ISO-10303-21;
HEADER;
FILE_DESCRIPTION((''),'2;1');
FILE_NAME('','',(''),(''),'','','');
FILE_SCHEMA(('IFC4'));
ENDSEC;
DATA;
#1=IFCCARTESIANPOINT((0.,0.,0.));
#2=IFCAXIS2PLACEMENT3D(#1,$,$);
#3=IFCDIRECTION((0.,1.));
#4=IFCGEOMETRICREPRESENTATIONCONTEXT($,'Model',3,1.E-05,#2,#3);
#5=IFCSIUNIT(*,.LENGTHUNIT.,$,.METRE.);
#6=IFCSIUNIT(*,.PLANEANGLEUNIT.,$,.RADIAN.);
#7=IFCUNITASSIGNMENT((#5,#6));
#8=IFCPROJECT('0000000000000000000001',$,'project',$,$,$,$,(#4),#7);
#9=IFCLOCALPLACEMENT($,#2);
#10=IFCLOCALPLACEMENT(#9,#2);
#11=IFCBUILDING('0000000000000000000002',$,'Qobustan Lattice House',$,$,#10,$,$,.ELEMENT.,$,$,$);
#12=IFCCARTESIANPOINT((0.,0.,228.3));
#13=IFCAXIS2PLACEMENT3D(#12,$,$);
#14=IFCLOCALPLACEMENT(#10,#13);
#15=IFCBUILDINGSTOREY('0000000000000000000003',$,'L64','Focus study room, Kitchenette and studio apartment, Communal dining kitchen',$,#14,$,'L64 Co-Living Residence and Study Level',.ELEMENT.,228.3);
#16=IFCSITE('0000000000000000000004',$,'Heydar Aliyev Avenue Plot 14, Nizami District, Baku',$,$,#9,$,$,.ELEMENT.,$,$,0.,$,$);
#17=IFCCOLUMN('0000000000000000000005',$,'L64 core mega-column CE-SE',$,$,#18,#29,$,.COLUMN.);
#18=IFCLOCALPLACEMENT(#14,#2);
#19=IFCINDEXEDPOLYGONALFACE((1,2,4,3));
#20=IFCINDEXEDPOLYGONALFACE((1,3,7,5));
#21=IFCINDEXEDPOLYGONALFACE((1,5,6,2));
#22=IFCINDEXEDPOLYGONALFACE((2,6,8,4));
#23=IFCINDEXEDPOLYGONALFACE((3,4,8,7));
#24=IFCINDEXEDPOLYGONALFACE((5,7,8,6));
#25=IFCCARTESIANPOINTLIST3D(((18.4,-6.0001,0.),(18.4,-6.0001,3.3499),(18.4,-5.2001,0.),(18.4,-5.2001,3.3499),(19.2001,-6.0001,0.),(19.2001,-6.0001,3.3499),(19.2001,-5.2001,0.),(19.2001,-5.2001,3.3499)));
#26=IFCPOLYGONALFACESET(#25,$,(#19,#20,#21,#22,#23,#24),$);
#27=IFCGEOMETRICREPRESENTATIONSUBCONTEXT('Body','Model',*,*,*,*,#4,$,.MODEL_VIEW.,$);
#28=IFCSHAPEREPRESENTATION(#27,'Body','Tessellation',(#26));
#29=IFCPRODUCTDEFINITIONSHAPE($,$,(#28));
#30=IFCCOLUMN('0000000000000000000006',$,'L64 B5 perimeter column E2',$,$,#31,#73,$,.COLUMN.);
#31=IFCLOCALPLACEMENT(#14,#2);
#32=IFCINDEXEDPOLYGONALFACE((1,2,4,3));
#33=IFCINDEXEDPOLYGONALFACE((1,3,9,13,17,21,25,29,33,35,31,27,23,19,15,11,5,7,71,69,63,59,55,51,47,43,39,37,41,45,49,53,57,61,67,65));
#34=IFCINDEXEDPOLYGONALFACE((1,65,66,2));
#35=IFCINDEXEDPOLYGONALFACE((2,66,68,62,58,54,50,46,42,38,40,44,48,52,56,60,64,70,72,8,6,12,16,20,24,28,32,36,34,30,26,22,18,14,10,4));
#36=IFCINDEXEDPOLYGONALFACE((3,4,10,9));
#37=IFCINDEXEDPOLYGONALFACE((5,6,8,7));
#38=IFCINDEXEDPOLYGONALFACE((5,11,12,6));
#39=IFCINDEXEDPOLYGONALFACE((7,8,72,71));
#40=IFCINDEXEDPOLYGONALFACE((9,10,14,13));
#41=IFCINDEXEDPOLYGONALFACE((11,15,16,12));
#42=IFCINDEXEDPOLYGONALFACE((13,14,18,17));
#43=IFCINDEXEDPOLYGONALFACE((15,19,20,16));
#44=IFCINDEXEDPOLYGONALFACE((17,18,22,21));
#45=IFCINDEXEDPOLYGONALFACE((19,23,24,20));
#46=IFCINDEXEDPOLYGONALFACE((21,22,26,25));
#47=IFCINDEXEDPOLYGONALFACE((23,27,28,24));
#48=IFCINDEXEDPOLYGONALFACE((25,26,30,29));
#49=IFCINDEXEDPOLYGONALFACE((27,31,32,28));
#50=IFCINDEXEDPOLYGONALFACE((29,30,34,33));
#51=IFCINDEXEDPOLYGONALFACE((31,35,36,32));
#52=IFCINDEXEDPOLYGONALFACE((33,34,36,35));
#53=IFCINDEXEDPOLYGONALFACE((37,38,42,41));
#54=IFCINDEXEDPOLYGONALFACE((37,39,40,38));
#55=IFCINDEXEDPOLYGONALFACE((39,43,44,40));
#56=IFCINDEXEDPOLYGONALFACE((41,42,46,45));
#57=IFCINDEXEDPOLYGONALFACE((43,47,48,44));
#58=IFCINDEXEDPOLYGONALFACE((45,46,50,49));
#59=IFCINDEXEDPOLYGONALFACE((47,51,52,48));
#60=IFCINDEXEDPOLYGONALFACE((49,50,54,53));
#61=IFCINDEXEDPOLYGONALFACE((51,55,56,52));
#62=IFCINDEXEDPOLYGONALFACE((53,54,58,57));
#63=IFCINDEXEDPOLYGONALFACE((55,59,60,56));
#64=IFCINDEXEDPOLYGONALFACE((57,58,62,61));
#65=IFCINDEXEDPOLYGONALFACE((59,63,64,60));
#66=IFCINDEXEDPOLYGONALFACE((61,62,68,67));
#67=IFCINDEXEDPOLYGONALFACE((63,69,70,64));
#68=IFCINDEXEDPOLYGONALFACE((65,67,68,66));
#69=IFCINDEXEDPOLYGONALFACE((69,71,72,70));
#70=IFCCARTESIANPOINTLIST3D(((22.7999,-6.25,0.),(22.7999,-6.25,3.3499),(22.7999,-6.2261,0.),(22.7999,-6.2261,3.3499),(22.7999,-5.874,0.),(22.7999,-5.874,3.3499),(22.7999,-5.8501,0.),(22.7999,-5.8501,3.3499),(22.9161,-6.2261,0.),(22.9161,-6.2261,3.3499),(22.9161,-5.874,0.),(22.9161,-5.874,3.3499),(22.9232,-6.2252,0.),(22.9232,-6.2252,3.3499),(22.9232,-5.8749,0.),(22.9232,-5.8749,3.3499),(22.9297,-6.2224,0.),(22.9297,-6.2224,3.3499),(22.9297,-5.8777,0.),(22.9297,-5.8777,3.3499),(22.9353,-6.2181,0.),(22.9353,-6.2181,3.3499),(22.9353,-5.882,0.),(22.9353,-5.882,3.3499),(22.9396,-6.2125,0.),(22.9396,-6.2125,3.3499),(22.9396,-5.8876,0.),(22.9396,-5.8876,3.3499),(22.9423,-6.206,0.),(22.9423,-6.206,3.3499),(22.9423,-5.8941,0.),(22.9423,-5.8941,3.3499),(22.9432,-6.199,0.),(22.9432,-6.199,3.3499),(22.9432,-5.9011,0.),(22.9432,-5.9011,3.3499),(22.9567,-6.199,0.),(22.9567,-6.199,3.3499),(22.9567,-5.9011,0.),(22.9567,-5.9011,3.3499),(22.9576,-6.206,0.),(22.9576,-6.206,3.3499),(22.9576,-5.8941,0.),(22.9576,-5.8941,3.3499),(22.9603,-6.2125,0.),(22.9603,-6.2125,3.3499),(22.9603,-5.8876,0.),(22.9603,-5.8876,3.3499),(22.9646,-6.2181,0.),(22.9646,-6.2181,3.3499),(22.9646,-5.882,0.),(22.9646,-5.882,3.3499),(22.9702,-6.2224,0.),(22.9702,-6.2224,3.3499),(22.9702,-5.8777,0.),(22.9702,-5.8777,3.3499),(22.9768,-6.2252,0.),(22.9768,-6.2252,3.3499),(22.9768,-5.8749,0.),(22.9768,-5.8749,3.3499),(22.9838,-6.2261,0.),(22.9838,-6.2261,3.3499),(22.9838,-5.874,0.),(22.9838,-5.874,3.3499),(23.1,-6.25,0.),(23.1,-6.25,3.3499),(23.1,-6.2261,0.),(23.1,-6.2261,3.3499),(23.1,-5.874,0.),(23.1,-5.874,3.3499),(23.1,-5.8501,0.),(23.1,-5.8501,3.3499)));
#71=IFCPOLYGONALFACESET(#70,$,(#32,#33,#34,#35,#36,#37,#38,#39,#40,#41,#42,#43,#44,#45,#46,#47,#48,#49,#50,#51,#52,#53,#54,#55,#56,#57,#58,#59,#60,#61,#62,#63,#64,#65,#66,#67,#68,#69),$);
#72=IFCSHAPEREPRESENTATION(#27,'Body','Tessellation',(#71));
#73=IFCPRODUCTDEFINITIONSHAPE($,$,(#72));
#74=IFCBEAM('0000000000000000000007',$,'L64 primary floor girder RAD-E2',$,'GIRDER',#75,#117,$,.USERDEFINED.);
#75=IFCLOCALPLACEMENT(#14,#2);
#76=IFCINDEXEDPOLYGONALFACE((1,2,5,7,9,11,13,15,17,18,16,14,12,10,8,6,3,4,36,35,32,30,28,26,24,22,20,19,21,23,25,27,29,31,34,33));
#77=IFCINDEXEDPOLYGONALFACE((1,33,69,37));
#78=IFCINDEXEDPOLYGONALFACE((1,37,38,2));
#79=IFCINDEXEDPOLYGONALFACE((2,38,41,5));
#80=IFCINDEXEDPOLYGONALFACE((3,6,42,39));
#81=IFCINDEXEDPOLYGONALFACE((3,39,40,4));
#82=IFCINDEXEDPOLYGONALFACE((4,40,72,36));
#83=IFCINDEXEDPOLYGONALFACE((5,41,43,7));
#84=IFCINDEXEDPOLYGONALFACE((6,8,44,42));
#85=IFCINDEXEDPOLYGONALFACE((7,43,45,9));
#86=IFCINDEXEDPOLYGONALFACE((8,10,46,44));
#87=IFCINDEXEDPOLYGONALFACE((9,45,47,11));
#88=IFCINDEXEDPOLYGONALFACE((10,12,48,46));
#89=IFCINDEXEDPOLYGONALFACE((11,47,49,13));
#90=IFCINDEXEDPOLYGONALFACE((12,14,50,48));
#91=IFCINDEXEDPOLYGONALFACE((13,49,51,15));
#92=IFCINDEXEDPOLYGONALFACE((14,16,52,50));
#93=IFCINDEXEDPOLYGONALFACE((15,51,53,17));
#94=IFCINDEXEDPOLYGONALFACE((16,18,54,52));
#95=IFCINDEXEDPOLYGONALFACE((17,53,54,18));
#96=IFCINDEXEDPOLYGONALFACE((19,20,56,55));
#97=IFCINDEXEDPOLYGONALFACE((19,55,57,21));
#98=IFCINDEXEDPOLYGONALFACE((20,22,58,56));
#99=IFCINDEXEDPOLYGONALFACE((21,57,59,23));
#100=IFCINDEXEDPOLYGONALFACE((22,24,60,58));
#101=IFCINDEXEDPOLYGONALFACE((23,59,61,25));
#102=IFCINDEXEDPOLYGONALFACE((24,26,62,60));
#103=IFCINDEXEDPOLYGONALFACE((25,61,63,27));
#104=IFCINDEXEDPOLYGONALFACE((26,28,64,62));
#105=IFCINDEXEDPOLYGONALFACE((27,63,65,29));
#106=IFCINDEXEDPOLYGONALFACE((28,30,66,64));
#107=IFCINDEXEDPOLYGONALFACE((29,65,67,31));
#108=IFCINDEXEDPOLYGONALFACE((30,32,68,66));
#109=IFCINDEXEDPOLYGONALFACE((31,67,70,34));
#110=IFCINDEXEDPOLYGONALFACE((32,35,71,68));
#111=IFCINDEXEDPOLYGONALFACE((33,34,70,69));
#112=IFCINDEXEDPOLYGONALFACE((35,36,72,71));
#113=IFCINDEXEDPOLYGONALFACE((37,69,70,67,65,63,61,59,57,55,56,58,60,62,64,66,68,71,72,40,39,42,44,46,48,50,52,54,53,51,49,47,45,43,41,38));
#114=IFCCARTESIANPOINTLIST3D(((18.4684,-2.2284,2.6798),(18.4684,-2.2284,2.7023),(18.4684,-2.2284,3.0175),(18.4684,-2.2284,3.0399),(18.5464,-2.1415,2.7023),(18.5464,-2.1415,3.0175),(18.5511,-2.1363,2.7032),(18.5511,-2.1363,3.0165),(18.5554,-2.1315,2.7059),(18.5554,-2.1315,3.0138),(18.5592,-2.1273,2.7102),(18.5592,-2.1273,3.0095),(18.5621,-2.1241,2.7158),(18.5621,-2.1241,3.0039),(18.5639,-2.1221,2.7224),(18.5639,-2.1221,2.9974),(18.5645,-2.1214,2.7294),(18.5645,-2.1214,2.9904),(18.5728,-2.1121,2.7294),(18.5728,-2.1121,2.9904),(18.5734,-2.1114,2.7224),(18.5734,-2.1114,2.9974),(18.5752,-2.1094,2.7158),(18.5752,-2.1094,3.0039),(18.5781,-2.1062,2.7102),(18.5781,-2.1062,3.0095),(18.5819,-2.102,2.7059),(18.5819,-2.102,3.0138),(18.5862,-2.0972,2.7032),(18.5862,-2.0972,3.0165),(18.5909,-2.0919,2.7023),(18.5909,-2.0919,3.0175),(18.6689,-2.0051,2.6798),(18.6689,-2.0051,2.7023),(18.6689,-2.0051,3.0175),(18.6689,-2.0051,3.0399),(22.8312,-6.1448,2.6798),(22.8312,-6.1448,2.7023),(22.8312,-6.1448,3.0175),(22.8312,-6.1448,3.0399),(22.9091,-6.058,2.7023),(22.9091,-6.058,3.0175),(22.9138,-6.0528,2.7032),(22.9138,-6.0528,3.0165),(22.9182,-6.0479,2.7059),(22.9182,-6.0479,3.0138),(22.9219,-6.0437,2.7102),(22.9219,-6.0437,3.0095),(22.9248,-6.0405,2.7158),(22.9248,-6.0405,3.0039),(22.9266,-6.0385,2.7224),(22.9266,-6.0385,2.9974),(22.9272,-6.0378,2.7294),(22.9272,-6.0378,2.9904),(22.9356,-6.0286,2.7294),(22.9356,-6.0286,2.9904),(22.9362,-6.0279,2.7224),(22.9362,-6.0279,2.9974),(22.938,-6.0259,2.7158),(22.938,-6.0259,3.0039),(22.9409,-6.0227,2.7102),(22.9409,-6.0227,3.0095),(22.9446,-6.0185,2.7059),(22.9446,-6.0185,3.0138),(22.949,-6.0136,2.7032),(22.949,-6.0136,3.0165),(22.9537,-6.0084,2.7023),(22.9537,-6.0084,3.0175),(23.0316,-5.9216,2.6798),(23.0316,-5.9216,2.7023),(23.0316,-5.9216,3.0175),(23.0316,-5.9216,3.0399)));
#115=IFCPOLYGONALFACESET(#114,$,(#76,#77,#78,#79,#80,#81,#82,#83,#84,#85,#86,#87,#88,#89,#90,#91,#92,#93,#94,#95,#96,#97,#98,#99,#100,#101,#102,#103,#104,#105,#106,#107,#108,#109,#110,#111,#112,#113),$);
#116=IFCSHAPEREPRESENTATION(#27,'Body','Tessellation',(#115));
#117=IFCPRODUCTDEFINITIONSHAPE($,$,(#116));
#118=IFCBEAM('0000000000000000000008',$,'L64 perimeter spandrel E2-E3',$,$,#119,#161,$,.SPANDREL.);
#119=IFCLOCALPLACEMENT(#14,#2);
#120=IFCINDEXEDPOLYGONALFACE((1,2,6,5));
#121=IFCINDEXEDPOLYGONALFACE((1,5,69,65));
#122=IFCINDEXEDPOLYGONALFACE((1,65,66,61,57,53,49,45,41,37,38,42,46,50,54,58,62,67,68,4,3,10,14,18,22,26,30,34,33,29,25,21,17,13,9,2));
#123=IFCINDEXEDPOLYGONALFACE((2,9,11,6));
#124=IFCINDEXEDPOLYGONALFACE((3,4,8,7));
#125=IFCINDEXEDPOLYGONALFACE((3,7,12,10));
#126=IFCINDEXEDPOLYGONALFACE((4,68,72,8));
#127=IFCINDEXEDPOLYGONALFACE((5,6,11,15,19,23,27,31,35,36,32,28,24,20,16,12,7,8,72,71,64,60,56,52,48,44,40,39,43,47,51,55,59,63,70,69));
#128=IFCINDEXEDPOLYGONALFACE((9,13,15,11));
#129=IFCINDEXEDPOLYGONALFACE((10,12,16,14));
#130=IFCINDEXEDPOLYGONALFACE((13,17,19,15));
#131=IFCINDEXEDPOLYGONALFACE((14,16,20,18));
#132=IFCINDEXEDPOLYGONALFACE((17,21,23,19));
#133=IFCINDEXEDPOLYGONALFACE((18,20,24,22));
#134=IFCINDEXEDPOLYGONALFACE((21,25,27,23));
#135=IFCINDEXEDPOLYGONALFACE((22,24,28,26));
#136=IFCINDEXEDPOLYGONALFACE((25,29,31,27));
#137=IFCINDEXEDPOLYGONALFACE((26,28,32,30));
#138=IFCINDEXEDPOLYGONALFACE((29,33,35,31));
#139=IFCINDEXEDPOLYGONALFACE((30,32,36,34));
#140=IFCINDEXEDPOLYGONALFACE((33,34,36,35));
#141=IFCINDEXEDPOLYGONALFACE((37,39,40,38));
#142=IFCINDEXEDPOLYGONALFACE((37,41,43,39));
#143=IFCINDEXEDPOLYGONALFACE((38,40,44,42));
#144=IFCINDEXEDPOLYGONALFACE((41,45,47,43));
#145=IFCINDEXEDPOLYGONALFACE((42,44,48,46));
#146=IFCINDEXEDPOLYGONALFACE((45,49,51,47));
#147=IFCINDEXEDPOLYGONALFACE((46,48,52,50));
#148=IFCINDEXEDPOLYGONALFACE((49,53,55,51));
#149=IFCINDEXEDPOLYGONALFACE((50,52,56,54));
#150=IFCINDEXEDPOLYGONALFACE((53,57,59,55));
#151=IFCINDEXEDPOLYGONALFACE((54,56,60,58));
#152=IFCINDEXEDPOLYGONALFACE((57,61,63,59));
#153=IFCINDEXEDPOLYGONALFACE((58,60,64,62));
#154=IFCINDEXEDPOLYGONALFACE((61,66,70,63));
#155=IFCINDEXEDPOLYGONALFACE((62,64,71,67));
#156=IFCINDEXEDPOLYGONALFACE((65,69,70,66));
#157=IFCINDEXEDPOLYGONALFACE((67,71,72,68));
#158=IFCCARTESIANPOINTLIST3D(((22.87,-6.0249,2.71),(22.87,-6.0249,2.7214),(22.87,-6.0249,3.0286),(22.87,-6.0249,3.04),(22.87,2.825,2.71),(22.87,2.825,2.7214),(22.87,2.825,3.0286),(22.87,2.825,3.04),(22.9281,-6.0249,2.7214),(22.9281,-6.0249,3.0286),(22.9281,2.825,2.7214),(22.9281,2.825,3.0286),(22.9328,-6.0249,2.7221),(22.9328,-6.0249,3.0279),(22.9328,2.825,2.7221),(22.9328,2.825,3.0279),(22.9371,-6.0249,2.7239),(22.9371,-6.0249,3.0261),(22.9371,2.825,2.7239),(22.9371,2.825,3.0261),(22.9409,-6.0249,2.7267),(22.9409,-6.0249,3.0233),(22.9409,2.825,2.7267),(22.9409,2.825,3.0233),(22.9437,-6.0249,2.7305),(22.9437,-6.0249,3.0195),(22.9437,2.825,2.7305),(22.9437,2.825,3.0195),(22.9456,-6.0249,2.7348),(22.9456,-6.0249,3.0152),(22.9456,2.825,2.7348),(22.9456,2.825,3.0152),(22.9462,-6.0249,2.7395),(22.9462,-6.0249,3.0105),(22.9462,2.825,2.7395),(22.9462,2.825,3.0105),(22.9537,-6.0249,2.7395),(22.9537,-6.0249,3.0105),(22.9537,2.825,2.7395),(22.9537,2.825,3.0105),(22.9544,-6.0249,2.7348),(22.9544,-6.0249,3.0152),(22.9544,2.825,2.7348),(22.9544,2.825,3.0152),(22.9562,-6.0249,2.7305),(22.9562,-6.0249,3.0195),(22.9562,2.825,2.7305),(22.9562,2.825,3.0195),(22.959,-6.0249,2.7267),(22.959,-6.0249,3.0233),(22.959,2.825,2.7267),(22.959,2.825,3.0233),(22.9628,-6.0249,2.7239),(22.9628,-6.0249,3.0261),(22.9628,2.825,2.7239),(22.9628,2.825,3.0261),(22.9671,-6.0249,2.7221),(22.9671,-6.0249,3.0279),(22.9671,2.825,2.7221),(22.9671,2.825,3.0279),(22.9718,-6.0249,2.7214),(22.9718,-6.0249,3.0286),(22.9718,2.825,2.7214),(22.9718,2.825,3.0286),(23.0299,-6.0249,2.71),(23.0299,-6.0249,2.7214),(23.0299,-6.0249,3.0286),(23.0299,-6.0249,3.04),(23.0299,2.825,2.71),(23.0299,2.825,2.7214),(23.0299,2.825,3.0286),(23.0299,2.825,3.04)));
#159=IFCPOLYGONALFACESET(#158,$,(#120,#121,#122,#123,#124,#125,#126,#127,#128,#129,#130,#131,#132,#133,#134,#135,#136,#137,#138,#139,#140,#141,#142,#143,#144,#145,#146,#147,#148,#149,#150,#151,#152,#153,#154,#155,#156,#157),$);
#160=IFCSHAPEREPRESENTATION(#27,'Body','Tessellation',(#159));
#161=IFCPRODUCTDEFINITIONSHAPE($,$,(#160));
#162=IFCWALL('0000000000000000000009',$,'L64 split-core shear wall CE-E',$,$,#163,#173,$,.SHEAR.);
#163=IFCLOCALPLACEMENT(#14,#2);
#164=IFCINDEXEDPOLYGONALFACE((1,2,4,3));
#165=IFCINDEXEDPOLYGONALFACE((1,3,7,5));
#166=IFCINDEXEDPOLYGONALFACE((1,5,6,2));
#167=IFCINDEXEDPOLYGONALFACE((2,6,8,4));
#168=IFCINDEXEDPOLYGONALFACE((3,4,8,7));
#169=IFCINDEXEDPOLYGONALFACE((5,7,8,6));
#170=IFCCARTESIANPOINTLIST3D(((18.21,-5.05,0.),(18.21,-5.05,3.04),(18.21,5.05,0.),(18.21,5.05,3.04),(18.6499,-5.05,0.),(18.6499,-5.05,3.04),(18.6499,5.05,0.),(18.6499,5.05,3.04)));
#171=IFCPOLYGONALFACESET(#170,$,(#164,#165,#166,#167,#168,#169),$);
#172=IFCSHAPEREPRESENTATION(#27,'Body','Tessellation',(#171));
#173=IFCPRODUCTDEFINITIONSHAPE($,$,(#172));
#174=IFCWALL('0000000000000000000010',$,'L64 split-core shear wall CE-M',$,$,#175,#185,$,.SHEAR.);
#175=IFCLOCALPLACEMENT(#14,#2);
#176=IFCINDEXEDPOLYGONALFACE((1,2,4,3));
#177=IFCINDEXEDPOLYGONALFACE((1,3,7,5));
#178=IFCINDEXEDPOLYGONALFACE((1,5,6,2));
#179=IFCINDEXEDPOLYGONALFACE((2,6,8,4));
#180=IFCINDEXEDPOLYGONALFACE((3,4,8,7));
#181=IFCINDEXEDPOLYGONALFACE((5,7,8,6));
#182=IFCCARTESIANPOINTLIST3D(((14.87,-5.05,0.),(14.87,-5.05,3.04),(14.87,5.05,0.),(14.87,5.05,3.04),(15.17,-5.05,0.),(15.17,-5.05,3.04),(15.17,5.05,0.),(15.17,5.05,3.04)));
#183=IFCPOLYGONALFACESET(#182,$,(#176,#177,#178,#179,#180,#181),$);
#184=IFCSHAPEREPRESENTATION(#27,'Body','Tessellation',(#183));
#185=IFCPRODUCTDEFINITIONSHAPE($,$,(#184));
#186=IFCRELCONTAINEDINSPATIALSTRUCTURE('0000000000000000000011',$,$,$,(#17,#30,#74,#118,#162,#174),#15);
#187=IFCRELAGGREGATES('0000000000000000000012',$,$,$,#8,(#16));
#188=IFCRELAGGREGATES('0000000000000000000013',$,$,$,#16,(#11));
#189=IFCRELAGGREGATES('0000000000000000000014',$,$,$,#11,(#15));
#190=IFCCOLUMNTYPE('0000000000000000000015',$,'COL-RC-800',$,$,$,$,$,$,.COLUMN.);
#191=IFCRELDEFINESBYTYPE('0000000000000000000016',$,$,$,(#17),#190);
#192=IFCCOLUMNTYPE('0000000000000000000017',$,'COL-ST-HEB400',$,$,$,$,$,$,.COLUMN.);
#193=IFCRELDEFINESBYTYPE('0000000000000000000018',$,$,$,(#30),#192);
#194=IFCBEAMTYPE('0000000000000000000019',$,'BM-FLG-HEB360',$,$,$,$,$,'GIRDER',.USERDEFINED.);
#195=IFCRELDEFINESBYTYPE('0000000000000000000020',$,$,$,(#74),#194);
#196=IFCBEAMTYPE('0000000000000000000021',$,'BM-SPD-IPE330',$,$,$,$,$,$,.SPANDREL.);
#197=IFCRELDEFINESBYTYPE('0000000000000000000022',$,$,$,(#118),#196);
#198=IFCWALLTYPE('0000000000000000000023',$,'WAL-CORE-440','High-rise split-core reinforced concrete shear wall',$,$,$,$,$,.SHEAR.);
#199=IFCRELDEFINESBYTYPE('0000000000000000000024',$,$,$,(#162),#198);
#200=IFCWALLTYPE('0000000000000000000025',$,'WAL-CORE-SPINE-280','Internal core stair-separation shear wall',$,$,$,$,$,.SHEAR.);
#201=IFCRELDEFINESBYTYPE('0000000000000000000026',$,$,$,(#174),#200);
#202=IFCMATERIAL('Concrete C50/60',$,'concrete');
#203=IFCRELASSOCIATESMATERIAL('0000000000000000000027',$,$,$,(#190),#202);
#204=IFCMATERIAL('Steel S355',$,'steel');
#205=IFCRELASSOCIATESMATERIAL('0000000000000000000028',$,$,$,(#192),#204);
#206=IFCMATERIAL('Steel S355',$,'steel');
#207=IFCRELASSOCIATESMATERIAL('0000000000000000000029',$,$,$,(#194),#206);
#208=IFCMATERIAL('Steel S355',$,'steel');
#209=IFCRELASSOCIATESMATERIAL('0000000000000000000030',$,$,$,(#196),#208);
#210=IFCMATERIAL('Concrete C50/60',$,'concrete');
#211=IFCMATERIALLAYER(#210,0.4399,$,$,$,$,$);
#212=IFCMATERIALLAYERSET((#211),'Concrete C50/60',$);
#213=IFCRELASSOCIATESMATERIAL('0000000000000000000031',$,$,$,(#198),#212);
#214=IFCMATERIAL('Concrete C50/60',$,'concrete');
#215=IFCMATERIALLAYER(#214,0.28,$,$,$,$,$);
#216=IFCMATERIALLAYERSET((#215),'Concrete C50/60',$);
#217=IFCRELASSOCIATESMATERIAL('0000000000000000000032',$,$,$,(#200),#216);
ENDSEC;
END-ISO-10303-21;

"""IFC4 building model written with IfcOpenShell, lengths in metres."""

from ifc_helpers import new_model, si_unit, direction, frame, frame_2d, origin, origin_2d, place, context, subcontext, project, spatial, rectangle, i_section, extrude, material, layer, layer_set, material_profile, profile_set, type_object, element, save


model = new_model("IFC4")

# Units and contexts
model_context = context("Model", 3, precision=1e-05, world=origin(), true_north=direction((0.0, 1.0)))
body_context = subcontext(model_context, "Body", "Model", "MODEL_VIEW")
ifc_project = project(units=[si_unit("LENGTHUNIT", "METRE"), si_unit("PLANEANGLEUNIT", "RADIAN")], contexts=[model_context])

# Site, building, storey
site_placement = place(None, origin())
site = spatial("IfcSite", under=ifc_project, at=site_placement, Name="Heydar Aliyev Avenue Plot 14, Nizami District, Baku", CompositionType="ELEMENT", RefElevation=0.0)
building_placement = place(site_placement, origin())
building = spatial("IfcBuilding", under=site, at=building_placement, Name="Qobustan Lattice House", CompositionType="ELEMENT")
storey_placement = place(building_placement, frame((0.0, 0.0, 228.3)))
storey = spatial("IfcBuildingStorey", under=building, at=storey_placement, Name="L64", Description="Focus study room, Kitchenette and studio apartment, Communal dining kitchen", LongName="L64 Co-Living Residence and Study Level", CompositionType="ELEMENT", Elevation=228.3)

# Columns
ifc_material_1 = material(Name="Concrete C50/60", Category="concrete")
ifc_material_profile_1 = material_profile(ifc_material_1, rectangle(XDim=0.8, YDim=0.8, at=origin_2d()), Name="RC800x800")
ifc_profile_set_1 = profile_set([ifc_material_profile_1], Name="Concrete C50/60")
column_type_1 = type_object("IfcColumnType", Name="COL-RC-800", PredefinedType="COLUMN", material=ifc_profile_set_1)
column_1_placement = place(storey_placement, frame((18.8, -5.6001, 0.0), z_axis=(0.0, 0.0, 1.0), x_axis=(1.0, 0.0, 0.0)))
element("IfcColumn", 1, at=column_1_placement, inside=storey, type_object=column_type_1, Name="L64 core mega-column CE-SE", PredefinedType="COLUMN", context=body_context, shape_type="SweptSolid", body=[
    extrude(rectangle(XDim=0.8, YDim=0.8, at=origin_2d()), origin(), (0.0, 0.0, 1.0), 3.3499),
])
ifc_material_2 = material(Name="Steel S355", Category="steel")
ifc_material_profile_2 = material_profile(ifc_material_2, i_section(OverallWidth=0.3, OverallDepth=0.3999, WebThickness=0.0134, FlangeThickness=0.0239, FilletRadius=0.0271, at=origin_2d()), Name="HEB400")
ifc_profile_set_2 = profile_set([ifc_material_profile_2], Name="Steel S355")
column_type_2 = type_object("IfcColumnType", Name="COL-ST-HEB400", PredefinedType="COLUMN", material=ifc_profile_set_2)
column_2_placement = place(storey_placement, frame((22.95, -6.05, 0.0), z_axis=(0.0, 0.0, 1.0), x_axis=(1.0, 0.0, 0.0)))
element("IfcColumn", 2, at=column_2_placement, inside=storey, type_object=column_type_2, Name="L64 B5 perimeter column E2", PredefinedType="COLUMN", context=body_context, shape_type="SweptSolid", body=[
    extrude(i_section(OverallWidth=0.3, OverallDepth=0.3999, WebThickness=0.0134, FlangeThickness=0.0239, FilletRadius=0.0271, at=origin_2d()), origin(), (0.0, 0.0, 1.0), 3.3499),
])

# Beams
ifc_material_3 = material(Name="Steel S355", Category="steel")
ifc_material_profile_3 = material_profile(ifc_material_3, i_section(OverallWidth=0.3, OverallDepth=0.3601, WebThickness=0.0125, FlangeThickness=0.0225, FilletRadius=0.0271, at=origin_2d()), Name="HEB360")
ifc_profile_set_3 = profile_set([ifc_material_profile_3], Name="Steel S355")
beam_type_1 = type_object("IfcBeamType", Name="BM-FLG-HEB360", ElementType="GIRDER", PredefinedType="USERDEFINED", material=ifc_profile_set_3)
beam_1_placement = place(storey_placement, frame((22.9314, -6.0332, 2.8599), z_axis=(-0.744142, 0.668021, 0.0), x_axis=(-0.668021, -0.744142, 0.0)))
element("IfcBeam", 3, at=beam_1_placement, inside=storey, type_object=beam_type_1, Name="L64 primary floor girder RAD-E2", ObjectType="GIRDER", PredefinedType="USERDEFINED", context=body_context, shape_type="SweptSolid", body=[
    extrude(i_section(OverallWidth=0.3, OverallDepth=0.3601, WebThickness=0.0125, FlangeThickness=0.0225, FilletRadius=0.0271, at=origin_2d()), origin(), (0.0, 0.0, 1.0), 5.8628),
])
ifc_material_4 = material(Name="Steel S355", Category="steel")
ifc_material_profile_4 = material_profile(ifc_material_4, i_section(OverallWidth=0.1599, OverallDepth=0.3301, WebThickness=0.0076, FlangeThickness=0.0115, FilletRadius=0.0181, at=origin_2d()), Name="IPE330")
ifc_profile_set_4 = profile_set([ifc_material_profile_4], Name="Steel S355")
beam_type_2 = type_object("IfcBeamType", Name="BM-SPD-IPE330", PredefinedType="SPANDREL", material=ifc_profile_set_4)
beam_2_placement = place(storey_placement, frame((22.95, -6.0249, 2.875), z_axis=(0.0, 1.0, 0.0), x_axis=(-1.0, 0.0, 0.0)))
element("IfcBeam", 4, at=beam_2_placement, inside=storey, type_object=beam_type_2, Name="L64 perimeter spandrel E2-E3", PredefinedType="SPANDREL", context=body_context, shape_type="SweptSolid", body=[
    extrude(i_section(OverallWidth=0.1599, OverallDepth=0.3301, WebThickness=0.0076, FlangeThickness=0.0115, FilletRadius=0.0181, at=origin_2d()), origin(), (0.0, 0.0, 1.0), 8.8499),
])

# Walls
ifc_material_5 = material(Name="Concrete C50/60", Category="concrete")
ifc_layer_1 = layer(ifc_material_5, 0.4399)
ifc_layer_set_1 = layer_set([ifc_layer_1], Name="Concrete C50/60")
wall_type_1 = type_object("IfcWallType", Name="WAL-CORE-440", Description="High-rise split-core reinforced concrete shear wall", PredefinedType="SHEAR", material=ifc_layer_set_1)
wall_1_placement = place(storey_placement, frame((18.4299, -5.05, 0.0), z_axis=(0.0, 0.0, 1.0), x_axis=(0.0, 1.0, 0.0)))
element("IfcWall", 5, at=wall_1_placement, inside=storey, type_object=wall_type_1, Name="L64 split-core shear wall CE-E", PredefinedType="SHEAR", context=body_context, shape_type="SweptSolid", body=[
    extrude(rectangle(XDim=10.1001, YDim=0.4399, at=frame_2d((5.05, 0.0))), origin(), (0.0, 0.0, 1.0), 3.04),
])
ifc_material_6 = material(Name="Concrete C50/60", Category="concrete")
ifc_layer_2 = layer(ifc_material_6, 0.28)
ifc_layer_set_2 = layer_set([ifc_layer_2], Name="Concrete C50/60")
wall_type_2 = type_object("IfcWallType", Name="WAL-CORE-SPINE-280", Description="Internal core stair-separation shear wall", PredefinedType="SHEAR", material=ifc_layer_set_2)
wall_2_placement = place(storey_placement, frame((15.02, -5.05, 0.0), z_axis=(0.0, 0.0, 1.0), x_axis=(0.0, 1.0, 0.0)))
element("IfcWall", 6, at=wall_2_placement, inside=storey, type_object=wall_type_2, Name="L64 split-core shear wall CE-M", PredefinedType="SHEAR", context=body_context, shape_type="SweptSolid", body=[
    extrude(rectangle(XDim=10.1001, YDim=0.3, at=frame_2d((5.05, 0.0))), origin(), (0.0, 0.0, 1.0), 3.04),
])

save(model, "model.ifc")
